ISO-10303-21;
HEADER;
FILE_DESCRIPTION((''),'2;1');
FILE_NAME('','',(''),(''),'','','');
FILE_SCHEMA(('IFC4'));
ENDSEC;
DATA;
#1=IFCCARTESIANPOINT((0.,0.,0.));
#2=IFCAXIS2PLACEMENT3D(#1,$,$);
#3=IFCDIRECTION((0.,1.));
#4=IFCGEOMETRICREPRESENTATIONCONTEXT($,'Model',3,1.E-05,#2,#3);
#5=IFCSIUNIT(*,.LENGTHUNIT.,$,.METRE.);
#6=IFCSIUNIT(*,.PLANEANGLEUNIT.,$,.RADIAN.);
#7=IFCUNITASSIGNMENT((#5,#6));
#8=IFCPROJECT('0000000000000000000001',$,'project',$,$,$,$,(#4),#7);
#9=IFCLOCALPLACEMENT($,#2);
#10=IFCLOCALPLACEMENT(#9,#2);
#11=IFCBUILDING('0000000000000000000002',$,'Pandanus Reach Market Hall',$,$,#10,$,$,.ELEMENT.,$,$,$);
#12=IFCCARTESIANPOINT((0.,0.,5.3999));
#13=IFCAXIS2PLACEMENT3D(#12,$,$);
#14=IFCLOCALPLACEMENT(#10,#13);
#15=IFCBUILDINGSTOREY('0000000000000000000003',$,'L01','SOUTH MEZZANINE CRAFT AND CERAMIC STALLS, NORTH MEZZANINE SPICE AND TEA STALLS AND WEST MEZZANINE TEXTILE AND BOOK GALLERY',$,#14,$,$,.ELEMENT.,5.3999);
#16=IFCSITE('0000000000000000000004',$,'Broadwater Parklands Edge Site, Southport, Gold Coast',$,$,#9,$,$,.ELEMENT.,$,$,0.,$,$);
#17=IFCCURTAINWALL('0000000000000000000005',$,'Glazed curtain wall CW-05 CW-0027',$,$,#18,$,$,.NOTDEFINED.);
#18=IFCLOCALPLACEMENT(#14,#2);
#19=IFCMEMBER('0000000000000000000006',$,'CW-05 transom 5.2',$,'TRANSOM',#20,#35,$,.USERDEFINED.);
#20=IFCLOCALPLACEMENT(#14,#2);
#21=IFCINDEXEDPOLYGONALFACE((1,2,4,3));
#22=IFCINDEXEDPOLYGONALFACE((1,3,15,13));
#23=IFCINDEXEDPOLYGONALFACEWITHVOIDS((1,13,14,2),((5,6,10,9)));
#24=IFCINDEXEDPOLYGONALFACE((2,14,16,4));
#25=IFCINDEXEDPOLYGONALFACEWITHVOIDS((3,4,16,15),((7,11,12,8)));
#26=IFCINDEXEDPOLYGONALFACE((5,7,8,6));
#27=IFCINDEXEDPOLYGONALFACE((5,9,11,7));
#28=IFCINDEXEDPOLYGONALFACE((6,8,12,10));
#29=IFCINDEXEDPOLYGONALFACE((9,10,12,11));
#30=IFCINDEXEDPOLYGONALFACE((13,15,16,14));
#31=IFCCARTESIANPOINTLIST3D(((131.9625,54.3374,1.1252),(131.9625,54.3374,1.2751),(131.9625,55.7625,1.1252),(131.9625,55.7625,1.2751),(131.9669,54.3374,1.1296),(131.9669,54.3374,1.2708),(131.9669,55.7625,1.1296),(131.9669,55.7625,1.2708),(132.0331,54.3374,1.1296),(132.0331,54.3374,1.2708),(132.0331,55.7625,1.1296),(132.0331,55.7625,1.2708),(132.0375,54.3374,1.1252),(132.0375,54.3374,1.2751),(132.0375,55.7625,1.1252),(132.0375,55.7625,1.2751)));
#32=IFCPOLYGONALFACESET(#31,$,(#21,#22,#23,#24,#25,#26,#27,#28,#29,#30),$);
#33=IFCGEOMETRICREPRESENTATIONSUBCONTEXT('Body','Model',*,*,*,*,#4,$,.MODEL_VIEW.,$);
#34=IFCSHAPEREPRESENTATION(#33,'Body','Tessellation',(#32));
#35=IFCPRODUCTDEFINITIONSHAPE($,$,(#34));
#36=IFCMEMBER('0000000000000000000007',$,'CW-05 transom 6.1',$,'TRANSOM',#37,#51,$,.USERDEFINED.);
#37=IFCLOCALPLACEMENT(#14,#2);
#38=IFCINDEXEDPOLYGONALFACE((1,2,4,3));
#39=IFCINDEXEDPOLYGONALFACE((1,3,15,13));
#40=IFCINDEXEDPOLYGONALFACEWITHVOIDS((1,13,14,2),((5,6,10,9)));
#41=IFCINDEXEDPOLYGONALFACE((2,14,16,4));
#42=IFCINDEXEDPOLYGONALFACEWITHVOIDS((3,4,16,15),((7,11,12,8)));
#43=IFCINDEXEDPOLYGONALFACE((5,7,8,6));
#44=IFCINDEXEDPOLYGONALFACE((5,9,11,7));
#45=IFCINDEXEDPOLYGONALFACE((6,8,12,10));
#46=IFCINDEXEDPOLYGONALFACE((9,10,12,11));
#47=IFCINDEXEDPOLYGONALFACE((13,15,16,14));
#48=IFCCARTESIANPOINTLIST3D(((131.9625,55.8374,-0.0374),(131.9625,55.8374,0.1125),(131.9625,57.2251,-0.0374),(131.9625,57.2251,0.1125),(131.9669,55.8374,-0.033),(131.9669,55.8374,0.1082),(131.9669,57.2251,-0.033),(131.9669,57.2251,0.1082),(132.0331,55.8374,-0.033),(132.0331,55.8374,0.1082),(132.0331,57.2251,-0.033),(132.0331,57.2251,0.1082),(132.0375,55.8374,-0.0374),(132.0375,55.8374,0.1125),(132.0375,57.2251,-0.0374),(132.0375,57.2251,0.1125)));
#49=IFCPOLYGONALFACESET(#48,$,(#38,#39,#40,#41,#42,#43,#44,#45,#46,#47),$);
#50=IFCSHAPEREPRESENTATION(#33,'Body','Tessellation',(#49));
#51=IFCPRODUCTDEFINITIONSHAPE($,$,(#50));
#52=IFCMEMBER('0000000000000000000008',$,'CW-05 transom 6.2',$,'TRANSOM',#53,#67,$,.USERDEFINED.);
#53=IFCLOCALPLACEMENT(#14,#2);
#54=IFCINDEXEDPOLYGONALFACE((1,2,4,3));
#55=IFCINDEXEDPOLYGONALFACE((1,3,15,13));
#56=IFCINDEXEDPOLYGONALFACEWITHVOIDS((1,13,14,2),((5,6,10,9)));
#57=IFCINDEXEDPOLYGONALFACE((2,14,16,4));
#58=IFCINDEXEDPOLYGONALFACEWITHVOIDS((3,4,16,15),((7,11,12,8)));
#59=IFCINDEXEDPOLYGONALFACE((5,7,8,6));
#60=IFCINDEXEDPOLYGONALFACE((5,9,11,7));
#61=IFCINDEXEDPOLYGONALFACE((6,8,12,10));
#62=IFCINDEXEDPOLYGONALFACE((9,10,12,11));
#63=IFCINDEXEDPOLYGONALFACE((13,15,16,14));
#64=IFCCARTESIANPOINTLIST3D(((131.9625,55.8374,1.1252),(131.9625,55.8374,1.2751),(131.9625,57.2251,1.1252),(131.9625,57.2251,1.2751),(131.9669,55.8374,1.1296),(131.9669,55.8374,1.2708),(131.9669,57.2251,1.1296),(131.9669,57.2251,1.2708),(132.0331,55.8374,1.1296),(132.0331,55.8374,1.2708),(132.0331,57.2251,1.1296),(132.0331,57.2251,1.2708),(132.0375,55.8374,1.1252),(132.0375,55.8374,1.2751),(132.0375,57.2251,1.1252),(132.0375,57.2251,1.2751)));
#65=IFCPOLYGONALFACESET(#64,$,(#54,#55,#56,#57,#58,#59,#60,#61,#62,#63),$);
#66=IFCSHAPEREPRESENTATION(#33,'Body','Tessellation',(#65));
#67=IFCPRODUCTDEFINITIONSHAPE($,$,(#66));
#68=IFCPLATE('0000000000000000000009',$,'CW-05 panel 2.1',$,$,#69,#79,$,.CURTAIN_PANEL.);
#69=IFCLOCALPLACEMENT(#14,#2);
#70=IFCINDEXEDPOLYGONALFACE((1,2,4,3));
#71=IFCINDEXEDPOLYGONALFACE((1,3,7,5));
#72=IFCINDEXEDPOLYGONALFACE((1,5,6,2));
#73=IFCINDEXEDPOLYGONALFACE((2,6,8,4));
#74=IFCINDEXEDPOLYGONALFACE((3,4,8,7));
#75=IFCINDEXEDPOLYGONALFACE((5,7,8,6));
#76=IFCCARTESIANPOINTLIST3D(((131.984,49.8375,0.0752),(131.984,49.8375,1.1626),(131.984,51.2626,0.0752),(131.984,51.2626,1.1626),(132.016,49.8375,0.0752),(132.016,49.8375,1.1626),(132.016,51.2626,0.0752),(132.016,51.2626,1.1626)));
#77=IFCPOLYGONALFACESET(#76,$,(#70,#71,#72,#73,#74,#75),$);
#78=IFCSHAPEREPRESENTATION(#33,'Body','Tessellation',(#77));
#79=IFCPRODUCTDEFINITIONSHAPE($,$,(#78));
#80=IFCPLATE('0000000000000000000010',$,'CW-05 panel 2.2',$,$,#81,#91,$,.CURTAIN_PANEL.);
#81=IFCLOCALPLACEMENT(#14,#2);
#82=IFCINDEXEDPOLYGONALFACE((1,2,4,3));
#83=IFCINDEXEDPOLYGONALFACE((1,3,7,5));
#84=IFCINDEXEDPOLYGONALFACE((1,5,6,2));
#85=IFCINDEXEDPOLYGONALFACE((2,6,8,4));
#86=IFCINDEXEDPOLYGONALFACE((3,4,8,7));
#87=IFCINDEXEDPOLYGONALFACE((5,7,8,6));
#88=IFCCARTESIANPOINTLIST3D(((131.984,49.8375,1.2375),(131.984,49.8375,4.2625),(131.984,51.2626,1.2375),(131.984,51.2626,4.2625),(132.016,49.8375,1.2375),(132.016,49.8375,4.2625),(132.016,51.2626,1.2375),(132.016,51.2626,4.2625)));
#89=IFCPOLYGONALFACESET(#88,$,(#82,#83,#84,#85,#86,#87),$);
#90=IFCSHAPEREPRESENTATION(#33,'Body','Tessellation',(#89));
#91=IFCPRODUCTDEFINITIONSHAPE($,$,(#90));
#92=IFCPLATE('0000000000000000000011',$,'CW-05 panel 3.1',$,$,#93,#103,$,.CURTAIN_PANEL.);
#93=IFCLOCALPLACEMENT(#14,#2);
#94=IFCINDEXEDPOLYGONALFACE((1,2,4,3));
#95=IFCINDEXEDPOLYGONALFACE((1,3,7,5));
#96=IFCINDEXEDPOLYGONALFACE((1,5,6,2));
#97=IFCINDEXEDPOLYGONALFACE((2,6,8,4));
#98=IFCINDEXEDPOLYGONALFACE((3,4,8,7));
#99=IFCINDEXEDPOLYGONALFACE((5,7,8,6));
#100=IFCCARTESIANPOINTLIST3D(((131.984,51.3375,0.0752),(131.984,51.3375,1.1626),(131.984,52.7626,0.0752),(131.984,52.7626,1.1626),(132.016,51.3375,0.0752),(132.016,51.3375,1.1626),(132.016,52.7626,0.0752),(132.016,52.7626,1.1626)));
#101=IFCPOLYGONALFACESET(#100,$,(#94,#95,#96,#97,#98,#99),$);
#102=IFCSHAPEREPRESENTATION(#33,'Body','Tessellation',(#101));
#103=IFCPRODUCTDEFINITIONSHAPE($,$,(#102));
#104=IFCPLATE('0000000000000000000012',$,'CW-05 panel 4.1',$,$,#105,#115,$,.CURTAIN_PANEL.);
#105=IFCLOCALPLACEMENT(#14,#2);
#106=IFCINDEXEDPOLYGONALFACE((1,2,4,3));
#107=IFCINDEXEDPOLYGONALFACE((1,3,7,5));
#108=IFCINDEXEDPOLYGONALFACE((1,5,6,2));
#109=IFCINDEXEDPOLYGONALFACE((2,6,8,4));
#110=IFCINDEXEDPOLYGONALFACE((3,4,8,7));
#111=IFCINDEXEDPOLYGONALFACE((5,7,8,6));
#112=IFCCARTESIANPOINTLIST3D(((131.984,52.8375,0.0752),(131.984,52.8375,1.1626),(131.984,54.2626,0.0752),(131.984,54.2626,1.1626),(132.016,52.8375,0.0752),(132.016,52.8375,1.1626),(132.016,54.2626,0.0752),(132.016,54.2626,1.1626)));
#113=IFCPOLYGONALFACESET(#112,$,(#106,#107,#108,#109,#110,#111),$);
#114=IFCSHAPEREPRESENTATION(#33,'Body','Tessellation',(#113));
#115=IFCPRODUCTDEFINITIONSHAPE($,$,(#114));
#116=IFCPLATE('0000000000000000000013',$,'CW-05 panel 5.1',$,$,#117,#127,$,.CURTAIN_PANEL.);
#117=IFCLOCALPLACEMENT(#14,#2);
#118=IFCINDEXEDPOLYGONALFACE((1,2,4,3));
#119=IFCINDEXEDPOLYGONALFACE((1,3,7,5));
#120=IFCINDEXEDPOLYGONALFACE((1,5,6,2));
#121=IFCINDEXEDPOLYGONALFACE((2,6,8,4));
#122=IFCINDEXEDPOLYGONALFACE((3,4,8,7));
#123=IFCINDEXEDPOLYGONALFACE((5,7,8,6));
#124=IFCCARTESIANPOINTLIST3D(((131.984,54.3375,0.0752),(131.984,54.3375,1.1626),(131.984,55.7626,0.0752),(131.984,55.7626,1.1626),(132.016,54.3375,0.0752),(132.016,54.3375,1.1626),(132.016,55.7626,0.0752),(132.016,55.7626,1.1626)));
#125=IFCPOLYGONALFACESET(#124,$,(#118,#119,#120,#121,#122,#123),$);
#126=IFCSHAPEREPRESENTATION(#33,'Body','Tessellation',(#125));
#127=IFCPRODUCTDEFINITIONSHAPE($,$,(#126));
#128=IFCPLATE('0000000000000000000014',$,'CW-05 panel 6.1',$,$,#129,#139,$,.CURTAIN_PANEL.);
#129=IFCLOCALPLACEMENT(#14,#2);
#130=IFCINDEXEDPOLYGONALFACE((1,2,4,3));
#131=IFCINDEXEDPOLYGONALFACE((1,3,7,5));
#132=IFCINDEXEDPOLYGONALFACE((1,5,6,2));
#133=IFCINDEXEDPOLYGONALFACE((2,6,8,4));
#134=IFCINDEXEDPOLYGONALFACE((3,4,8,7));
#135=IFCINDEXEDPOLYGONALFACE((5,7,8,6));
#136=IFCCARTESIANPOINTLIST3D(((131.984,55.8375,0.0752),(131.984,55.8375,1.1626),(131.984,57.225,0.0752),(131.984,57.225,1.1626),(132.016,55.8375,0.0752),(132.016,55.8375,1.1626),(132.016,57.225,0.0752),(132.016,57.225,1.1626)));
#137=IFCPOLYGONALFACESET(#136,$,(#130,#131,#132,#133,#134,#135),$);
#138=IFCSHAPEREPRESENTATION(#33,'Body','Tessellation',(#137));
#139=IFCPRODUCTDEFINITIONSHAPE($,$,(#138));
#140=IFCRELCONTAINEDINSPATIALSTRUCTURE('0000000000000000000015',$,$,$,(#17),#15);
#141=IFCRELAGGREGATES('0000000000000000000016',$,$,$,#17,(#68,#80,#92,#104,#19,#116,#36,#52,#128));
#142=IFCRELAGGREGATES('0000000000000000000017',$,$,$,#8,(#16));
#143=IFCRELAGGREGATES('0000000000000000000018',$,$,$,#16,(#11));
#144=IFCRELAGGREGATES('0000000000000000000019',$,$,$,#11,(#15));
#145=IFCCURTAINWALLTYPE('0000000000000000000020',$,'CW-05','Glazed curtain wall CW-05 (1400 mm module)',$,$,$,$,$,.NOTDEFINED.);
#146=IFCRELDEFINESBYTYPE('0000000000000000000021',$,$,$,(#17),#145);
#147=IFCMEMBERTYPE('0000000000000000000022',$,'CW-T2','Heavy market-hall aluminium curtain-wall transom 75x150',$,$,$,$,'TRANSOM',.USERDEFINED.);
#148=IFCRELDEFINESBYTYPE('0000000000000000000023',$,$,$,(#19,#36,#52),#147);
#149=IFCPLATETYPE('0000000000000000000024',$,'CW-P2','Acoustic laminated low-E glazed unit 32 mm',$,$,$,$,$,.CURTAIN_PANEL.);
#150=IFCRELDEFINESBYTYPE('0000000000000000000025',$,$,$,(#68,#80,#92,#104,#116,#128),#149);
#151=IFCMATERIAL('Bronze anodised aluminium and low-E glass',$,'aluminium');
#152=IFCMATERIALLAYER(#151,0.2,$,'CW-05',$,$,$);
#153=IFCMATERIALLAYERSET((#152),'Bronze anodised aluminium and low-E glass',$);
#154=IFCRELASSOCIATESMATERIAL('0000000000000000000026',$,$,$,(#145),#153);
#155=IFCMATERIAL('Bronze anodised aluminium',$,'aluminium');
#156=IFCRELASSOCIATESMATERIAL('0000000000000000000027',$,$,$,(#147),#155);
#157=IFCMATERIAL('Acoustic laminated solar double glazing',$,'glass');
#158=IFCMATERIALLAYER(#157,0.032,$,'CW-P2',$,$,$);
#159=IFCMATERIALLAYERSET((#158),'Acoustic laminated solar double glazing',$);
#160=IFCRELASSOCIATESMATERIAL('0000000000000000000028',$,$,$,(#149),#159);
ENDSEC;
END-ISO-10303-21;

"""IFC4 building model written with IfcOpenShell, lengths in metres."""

from ifc_helpers import new_model, si_unit, direction, frame, origin, origin_2d, place, context, subcontext, project, spatial, rectangle, hollow_rectangle, extrude, material, layer, layer_set, material_profile, profile_set, type_object, element, aggregate, save


model = new_model("IFC4")

# Units and contexts
model_context = context("Model", 3, precision=1e-05, world=origin(), true_north=direction((0.0, 1.0)))
body_context = subcontext(model_context, "Body", "Model", "MODEL_VIEW")
ifc_project = project(units=[si_unit("LENGTHUNIT", "METRE"), si_unit("PLANEANGLEUNIT", "RADIAN")], contexts=[model_context])

# Site, building, storey
site_placement = place(None, origin())
site = spatial("IfcSite", under=ifc_project, at=site_placement, Name="Broadwater Parklands Edge Site, Southport, Gold Coast", CompositionType="ELEMENT", RefElevation=0.0)
building_placement = place(site_placement, origin())
building = spatial("IfcBuilding", under=site, at=building_placement, Name="Pandanus Reach Market Hall", CompositionType="ELEMENT")
storey_placement = place(building_placement, frame((0.0, 0.0, 5.3999)))
storey = spatial("IfcBuildingStorey", under=building, at=storey_placement, Name="L01", Description="SOUTH MEZZANINE CRAFT AND CERAMIC STALLS, NORTH MEZZANINE SPICE AND TEA STALLS AND WEST MEZZANINE TEXTILE AND BOOK GALLERY", CompositionType="ELEMENT", Elevation=5.3999)

# Curtain wall, members, plates
ifc_material_1 = material(Name="Bronze anodised aluminium and low-E glass", Category="aluminium")
ifc_layer_1 = layer(ifc_material_1, 0.2, Name="CW-05")
ifc_layer_set_1 = layer_set([ifc_layer_1], Name="Bronze anodised aluminium and low-E glass")
curtain_wall_type = type_object("IfcCurtainWallType", Name="CW-05", Description="Glazed curtain wall CW-05 (1400 mm module)", PredefinedType="NOTDEFINED", material=ifc_layer_set_1)
curtain_wall_placement = place(storey_placement, origin())
curtain_wall = element("IfcCurtainWall", 1, at=curtain_wall_placement, inside=storey, type_object=curtain_wall_type, Name="Glazed curtain wall CW-05 CW-0027", PredefinedType="NOTDEFINED")
ifc_material_2 = material(Name="Bronze anodised aluminium", Category="aluminium")
ifc_material_profile_1 = material_profile(ifc_material_2, hollow_rectangle(XDim=0.075, YDim=0.1499, WallThickness=0.0044, at=origin_2d()), Name="ALU75x150", Category="LoadBearing")
ifc_profile_set_1 = profile_set([ifc_material_profile_1], Name="Bronze anodised aluminium")
member_type_1 = type_object("IfcMemberType", Name="CW-T2", Description="Heavy market-hall aluminium curtain-wall transom 75x150", ElementType="TRANSOM", PredefinedType="USERDEFINED", material=ifc_profile_set_1)
member_1_placement = place(storey_placement, frame((132.0, 54.3374, 1.2002), z_axis=(0.0, 1.0, 0.0), x_axis=(-1.0, 0.0, 0.0)))
member_1 = element("IfcMember", 2, at=member_1_placement, type_object=member_type_1, Name="CW-05 transom 5.2", ObjectType="TRANSOM", PredefinedType="USERDEFINED", context=body_context, shape_type="SweptSolid", body=[
    extrude(hollow_rectangle(XDim=0.075, YDim=0.1499, WallThickness=0.0044, at=origin_2d()), origin(), (0.0, 0.0, 1.0), 1.425),
])
member_2_placement = place(storey_placement, frame((132.0, 55.8374, 0.0376), z_axis=(0.0, 1.0, 0.0), x_axis=(-1.0, 0.0, 0.0)))
member_2 = element("IfcMember", 3, at=member_2_placement, type_object=member_type_1, Name="CW-05 transom 6.1", ObjectType="TRANSOM", PredefinedType="USERDEFINED", context=body_context, shape_type="SweptSolid", body=[
    extrude(hollow_rectangle(XDim=0.075, YDim=0.1499, WallThickness=0.0044, at=origin_2d()), origin(), (0.0, 0.0, 1.0), 1.3877),
])
member_3_placement = place(storey_placement, frame((132.0, 55.8374, 1.2002), z_axis=(0.0, 1.0, 0.0), x_axis=(-1.0, 0.0, 0.0)))
member_3 = element("IfcMember", 4, at=member_3_placement, type_object=member_type_1, Name="CW-05 transom 6.2", ObjectType="TRANSOM", PredefinedType="USERDEFINED", context=body_context, shape_type="SweptSolid", body=[
    extrude(hollow_rectangle(XDim=0.075, YDim=0.1499, WallThickness=0.0044, at=origin_2d()), origin(), (0.0, 0.0, 1.0), 1.3877),
])
ifc_material_3 = material(Name="Acoustic laminated solar double glazing", Category="glass")
ifc_layer_2 = layer(ifc_material_3, 0.032, Name="CW-P2")
ifc_layer_set_2 = layer_set([ifc_layer_2], Name="Acoustic laminated solar double glazing")
plate_type = type_object("IfcPlateType", Name="CW-P2", Description="Acoustic laminated low-E glazed unit 32 mm", PredefinedType="CURTAIN_PANEL", material=ifc_layer_set_2)
plate_1_placement = place(storey_placement, frame((132.0, 50.55, 0.0752), z_axis=(0.0, 0.0, 1.0), x_axis=(0.0, 1.0, 0.0)))
plate_1 = element("IfcPlate", 5, at=plate_1_placement, type_object=plate_type, Name="CW-05 panel 2.1", PredefinedType="CURTAIN_PANEL", context=body_context, shape_type="SweptSolid", body=[
    extrude(rectangle(XDim=1.425, YDim=0.032, at=origin_2d()), origin(), (0.0, 0.0, 1.0), 1.0874),
])
plate_2_placement = place(storey_placement, frame((132.0, 50.55, 1.2375), z_axis=(0.0, 0.0, 1.0), x_axis=(0.0, 1.0, 0.0)))
plate_2 = element("IfcPlate", 6, at=plate_2_placement, type_object=plate_type, Name="CW-05 panel 2.2", PredefinedType="CURTAIN_PANEL", context=body_context, shape_type="SweptSolid", body=[
    extrude(rectangle(XDim=1.425, YDim=0.032, at=origin_2d()), origin(), (0.0, 0.0, 1.0), 3.0249),
])
plate_3_placement = place(storey_placement, frame((132.0, 52.05, 0.0752), z_axis=(0.0, 0.0, 1.0), x_axis=(0.0, 1.0, 0.0)))
plate_3 = element("IfcPlate", 7, at=plate_3_placement, type_object=plate_type, Name="CW-05 panel 3.1", PredefinedType="CURTAIN_PANEL", context=body_context, shape_type="SweptSolid", body=[
    extrude(rectangle(XDim=1.425, YDim=0.032, at=origin_2d()), origin(), (0.0, 0.0, 1.0), 1.0874),
])
plate_4_placement = place(storey_placement, frame((132.0, 53.55, 0.0752), z_axis=(0.0, 0.0, 1.0), x_axis=(0.0, 1.0, 0.0)))
plate_4 = element("IfcPlate", 8, at=plate_4_placement, type_object=plate_type, Name="CW-05 panel 4.1", PredefinedType="CURTAIN_PANEL", context=body_context, shape_type="SweptSolid", body=[
    extrude(rectangle(XDim=1.425, YDim=0.032, at=origin_2d()), origin(), (0.0, 0.0, 1.0), 1.0874),
])
plate_5_placement = place(storey_placement, frame((132.0, 55.05, 0.0752), z_axis=(0.0, 0.0, 1.0), x_axis=(0.0, 1.0, 0.0)))
plate_5 = element("IfcPlate", 9, at=plate_5_placement, type_object=plate_type, Name="CW-05 panel 5.1", PredefinedType="CURTAIN_PANEL", context=body_context, shape_type="SweptSolid", body=[
    extrude(rectangle(XDim=1.425, YDim=0.032, at=origin_2d()), origin(), (0.0, 0.0, 1.0), 1.0874),
])
plate_6_placement = place(storey_placement, frame((132.0, 56.5312, 0.0752), z_axis=(0.0, 0.0, 1.0), x_axis=(0.0, 1.0, 0.0)))
plate_6 = element("IfcPlate", 10, at=plate_6_placement, type_object=plate_type, Name="CW-05 panel 6.1", PredefinedType="CURTAIN_PANEL", context=body_context, shape_type="SweptSolid", body=[
    extrude(rectangle(XDim=1.3875, YDim=0.032, at=origin_2d()), origin(), (0.0, 0.0, 1.0), 1.0874),
])
aggregate(curtain_wall, [plate_1, plate_2, plate_3, plate_4, member_1, plate_5, member_2, member_3, plate_6])

save(model, "model.ifc")
